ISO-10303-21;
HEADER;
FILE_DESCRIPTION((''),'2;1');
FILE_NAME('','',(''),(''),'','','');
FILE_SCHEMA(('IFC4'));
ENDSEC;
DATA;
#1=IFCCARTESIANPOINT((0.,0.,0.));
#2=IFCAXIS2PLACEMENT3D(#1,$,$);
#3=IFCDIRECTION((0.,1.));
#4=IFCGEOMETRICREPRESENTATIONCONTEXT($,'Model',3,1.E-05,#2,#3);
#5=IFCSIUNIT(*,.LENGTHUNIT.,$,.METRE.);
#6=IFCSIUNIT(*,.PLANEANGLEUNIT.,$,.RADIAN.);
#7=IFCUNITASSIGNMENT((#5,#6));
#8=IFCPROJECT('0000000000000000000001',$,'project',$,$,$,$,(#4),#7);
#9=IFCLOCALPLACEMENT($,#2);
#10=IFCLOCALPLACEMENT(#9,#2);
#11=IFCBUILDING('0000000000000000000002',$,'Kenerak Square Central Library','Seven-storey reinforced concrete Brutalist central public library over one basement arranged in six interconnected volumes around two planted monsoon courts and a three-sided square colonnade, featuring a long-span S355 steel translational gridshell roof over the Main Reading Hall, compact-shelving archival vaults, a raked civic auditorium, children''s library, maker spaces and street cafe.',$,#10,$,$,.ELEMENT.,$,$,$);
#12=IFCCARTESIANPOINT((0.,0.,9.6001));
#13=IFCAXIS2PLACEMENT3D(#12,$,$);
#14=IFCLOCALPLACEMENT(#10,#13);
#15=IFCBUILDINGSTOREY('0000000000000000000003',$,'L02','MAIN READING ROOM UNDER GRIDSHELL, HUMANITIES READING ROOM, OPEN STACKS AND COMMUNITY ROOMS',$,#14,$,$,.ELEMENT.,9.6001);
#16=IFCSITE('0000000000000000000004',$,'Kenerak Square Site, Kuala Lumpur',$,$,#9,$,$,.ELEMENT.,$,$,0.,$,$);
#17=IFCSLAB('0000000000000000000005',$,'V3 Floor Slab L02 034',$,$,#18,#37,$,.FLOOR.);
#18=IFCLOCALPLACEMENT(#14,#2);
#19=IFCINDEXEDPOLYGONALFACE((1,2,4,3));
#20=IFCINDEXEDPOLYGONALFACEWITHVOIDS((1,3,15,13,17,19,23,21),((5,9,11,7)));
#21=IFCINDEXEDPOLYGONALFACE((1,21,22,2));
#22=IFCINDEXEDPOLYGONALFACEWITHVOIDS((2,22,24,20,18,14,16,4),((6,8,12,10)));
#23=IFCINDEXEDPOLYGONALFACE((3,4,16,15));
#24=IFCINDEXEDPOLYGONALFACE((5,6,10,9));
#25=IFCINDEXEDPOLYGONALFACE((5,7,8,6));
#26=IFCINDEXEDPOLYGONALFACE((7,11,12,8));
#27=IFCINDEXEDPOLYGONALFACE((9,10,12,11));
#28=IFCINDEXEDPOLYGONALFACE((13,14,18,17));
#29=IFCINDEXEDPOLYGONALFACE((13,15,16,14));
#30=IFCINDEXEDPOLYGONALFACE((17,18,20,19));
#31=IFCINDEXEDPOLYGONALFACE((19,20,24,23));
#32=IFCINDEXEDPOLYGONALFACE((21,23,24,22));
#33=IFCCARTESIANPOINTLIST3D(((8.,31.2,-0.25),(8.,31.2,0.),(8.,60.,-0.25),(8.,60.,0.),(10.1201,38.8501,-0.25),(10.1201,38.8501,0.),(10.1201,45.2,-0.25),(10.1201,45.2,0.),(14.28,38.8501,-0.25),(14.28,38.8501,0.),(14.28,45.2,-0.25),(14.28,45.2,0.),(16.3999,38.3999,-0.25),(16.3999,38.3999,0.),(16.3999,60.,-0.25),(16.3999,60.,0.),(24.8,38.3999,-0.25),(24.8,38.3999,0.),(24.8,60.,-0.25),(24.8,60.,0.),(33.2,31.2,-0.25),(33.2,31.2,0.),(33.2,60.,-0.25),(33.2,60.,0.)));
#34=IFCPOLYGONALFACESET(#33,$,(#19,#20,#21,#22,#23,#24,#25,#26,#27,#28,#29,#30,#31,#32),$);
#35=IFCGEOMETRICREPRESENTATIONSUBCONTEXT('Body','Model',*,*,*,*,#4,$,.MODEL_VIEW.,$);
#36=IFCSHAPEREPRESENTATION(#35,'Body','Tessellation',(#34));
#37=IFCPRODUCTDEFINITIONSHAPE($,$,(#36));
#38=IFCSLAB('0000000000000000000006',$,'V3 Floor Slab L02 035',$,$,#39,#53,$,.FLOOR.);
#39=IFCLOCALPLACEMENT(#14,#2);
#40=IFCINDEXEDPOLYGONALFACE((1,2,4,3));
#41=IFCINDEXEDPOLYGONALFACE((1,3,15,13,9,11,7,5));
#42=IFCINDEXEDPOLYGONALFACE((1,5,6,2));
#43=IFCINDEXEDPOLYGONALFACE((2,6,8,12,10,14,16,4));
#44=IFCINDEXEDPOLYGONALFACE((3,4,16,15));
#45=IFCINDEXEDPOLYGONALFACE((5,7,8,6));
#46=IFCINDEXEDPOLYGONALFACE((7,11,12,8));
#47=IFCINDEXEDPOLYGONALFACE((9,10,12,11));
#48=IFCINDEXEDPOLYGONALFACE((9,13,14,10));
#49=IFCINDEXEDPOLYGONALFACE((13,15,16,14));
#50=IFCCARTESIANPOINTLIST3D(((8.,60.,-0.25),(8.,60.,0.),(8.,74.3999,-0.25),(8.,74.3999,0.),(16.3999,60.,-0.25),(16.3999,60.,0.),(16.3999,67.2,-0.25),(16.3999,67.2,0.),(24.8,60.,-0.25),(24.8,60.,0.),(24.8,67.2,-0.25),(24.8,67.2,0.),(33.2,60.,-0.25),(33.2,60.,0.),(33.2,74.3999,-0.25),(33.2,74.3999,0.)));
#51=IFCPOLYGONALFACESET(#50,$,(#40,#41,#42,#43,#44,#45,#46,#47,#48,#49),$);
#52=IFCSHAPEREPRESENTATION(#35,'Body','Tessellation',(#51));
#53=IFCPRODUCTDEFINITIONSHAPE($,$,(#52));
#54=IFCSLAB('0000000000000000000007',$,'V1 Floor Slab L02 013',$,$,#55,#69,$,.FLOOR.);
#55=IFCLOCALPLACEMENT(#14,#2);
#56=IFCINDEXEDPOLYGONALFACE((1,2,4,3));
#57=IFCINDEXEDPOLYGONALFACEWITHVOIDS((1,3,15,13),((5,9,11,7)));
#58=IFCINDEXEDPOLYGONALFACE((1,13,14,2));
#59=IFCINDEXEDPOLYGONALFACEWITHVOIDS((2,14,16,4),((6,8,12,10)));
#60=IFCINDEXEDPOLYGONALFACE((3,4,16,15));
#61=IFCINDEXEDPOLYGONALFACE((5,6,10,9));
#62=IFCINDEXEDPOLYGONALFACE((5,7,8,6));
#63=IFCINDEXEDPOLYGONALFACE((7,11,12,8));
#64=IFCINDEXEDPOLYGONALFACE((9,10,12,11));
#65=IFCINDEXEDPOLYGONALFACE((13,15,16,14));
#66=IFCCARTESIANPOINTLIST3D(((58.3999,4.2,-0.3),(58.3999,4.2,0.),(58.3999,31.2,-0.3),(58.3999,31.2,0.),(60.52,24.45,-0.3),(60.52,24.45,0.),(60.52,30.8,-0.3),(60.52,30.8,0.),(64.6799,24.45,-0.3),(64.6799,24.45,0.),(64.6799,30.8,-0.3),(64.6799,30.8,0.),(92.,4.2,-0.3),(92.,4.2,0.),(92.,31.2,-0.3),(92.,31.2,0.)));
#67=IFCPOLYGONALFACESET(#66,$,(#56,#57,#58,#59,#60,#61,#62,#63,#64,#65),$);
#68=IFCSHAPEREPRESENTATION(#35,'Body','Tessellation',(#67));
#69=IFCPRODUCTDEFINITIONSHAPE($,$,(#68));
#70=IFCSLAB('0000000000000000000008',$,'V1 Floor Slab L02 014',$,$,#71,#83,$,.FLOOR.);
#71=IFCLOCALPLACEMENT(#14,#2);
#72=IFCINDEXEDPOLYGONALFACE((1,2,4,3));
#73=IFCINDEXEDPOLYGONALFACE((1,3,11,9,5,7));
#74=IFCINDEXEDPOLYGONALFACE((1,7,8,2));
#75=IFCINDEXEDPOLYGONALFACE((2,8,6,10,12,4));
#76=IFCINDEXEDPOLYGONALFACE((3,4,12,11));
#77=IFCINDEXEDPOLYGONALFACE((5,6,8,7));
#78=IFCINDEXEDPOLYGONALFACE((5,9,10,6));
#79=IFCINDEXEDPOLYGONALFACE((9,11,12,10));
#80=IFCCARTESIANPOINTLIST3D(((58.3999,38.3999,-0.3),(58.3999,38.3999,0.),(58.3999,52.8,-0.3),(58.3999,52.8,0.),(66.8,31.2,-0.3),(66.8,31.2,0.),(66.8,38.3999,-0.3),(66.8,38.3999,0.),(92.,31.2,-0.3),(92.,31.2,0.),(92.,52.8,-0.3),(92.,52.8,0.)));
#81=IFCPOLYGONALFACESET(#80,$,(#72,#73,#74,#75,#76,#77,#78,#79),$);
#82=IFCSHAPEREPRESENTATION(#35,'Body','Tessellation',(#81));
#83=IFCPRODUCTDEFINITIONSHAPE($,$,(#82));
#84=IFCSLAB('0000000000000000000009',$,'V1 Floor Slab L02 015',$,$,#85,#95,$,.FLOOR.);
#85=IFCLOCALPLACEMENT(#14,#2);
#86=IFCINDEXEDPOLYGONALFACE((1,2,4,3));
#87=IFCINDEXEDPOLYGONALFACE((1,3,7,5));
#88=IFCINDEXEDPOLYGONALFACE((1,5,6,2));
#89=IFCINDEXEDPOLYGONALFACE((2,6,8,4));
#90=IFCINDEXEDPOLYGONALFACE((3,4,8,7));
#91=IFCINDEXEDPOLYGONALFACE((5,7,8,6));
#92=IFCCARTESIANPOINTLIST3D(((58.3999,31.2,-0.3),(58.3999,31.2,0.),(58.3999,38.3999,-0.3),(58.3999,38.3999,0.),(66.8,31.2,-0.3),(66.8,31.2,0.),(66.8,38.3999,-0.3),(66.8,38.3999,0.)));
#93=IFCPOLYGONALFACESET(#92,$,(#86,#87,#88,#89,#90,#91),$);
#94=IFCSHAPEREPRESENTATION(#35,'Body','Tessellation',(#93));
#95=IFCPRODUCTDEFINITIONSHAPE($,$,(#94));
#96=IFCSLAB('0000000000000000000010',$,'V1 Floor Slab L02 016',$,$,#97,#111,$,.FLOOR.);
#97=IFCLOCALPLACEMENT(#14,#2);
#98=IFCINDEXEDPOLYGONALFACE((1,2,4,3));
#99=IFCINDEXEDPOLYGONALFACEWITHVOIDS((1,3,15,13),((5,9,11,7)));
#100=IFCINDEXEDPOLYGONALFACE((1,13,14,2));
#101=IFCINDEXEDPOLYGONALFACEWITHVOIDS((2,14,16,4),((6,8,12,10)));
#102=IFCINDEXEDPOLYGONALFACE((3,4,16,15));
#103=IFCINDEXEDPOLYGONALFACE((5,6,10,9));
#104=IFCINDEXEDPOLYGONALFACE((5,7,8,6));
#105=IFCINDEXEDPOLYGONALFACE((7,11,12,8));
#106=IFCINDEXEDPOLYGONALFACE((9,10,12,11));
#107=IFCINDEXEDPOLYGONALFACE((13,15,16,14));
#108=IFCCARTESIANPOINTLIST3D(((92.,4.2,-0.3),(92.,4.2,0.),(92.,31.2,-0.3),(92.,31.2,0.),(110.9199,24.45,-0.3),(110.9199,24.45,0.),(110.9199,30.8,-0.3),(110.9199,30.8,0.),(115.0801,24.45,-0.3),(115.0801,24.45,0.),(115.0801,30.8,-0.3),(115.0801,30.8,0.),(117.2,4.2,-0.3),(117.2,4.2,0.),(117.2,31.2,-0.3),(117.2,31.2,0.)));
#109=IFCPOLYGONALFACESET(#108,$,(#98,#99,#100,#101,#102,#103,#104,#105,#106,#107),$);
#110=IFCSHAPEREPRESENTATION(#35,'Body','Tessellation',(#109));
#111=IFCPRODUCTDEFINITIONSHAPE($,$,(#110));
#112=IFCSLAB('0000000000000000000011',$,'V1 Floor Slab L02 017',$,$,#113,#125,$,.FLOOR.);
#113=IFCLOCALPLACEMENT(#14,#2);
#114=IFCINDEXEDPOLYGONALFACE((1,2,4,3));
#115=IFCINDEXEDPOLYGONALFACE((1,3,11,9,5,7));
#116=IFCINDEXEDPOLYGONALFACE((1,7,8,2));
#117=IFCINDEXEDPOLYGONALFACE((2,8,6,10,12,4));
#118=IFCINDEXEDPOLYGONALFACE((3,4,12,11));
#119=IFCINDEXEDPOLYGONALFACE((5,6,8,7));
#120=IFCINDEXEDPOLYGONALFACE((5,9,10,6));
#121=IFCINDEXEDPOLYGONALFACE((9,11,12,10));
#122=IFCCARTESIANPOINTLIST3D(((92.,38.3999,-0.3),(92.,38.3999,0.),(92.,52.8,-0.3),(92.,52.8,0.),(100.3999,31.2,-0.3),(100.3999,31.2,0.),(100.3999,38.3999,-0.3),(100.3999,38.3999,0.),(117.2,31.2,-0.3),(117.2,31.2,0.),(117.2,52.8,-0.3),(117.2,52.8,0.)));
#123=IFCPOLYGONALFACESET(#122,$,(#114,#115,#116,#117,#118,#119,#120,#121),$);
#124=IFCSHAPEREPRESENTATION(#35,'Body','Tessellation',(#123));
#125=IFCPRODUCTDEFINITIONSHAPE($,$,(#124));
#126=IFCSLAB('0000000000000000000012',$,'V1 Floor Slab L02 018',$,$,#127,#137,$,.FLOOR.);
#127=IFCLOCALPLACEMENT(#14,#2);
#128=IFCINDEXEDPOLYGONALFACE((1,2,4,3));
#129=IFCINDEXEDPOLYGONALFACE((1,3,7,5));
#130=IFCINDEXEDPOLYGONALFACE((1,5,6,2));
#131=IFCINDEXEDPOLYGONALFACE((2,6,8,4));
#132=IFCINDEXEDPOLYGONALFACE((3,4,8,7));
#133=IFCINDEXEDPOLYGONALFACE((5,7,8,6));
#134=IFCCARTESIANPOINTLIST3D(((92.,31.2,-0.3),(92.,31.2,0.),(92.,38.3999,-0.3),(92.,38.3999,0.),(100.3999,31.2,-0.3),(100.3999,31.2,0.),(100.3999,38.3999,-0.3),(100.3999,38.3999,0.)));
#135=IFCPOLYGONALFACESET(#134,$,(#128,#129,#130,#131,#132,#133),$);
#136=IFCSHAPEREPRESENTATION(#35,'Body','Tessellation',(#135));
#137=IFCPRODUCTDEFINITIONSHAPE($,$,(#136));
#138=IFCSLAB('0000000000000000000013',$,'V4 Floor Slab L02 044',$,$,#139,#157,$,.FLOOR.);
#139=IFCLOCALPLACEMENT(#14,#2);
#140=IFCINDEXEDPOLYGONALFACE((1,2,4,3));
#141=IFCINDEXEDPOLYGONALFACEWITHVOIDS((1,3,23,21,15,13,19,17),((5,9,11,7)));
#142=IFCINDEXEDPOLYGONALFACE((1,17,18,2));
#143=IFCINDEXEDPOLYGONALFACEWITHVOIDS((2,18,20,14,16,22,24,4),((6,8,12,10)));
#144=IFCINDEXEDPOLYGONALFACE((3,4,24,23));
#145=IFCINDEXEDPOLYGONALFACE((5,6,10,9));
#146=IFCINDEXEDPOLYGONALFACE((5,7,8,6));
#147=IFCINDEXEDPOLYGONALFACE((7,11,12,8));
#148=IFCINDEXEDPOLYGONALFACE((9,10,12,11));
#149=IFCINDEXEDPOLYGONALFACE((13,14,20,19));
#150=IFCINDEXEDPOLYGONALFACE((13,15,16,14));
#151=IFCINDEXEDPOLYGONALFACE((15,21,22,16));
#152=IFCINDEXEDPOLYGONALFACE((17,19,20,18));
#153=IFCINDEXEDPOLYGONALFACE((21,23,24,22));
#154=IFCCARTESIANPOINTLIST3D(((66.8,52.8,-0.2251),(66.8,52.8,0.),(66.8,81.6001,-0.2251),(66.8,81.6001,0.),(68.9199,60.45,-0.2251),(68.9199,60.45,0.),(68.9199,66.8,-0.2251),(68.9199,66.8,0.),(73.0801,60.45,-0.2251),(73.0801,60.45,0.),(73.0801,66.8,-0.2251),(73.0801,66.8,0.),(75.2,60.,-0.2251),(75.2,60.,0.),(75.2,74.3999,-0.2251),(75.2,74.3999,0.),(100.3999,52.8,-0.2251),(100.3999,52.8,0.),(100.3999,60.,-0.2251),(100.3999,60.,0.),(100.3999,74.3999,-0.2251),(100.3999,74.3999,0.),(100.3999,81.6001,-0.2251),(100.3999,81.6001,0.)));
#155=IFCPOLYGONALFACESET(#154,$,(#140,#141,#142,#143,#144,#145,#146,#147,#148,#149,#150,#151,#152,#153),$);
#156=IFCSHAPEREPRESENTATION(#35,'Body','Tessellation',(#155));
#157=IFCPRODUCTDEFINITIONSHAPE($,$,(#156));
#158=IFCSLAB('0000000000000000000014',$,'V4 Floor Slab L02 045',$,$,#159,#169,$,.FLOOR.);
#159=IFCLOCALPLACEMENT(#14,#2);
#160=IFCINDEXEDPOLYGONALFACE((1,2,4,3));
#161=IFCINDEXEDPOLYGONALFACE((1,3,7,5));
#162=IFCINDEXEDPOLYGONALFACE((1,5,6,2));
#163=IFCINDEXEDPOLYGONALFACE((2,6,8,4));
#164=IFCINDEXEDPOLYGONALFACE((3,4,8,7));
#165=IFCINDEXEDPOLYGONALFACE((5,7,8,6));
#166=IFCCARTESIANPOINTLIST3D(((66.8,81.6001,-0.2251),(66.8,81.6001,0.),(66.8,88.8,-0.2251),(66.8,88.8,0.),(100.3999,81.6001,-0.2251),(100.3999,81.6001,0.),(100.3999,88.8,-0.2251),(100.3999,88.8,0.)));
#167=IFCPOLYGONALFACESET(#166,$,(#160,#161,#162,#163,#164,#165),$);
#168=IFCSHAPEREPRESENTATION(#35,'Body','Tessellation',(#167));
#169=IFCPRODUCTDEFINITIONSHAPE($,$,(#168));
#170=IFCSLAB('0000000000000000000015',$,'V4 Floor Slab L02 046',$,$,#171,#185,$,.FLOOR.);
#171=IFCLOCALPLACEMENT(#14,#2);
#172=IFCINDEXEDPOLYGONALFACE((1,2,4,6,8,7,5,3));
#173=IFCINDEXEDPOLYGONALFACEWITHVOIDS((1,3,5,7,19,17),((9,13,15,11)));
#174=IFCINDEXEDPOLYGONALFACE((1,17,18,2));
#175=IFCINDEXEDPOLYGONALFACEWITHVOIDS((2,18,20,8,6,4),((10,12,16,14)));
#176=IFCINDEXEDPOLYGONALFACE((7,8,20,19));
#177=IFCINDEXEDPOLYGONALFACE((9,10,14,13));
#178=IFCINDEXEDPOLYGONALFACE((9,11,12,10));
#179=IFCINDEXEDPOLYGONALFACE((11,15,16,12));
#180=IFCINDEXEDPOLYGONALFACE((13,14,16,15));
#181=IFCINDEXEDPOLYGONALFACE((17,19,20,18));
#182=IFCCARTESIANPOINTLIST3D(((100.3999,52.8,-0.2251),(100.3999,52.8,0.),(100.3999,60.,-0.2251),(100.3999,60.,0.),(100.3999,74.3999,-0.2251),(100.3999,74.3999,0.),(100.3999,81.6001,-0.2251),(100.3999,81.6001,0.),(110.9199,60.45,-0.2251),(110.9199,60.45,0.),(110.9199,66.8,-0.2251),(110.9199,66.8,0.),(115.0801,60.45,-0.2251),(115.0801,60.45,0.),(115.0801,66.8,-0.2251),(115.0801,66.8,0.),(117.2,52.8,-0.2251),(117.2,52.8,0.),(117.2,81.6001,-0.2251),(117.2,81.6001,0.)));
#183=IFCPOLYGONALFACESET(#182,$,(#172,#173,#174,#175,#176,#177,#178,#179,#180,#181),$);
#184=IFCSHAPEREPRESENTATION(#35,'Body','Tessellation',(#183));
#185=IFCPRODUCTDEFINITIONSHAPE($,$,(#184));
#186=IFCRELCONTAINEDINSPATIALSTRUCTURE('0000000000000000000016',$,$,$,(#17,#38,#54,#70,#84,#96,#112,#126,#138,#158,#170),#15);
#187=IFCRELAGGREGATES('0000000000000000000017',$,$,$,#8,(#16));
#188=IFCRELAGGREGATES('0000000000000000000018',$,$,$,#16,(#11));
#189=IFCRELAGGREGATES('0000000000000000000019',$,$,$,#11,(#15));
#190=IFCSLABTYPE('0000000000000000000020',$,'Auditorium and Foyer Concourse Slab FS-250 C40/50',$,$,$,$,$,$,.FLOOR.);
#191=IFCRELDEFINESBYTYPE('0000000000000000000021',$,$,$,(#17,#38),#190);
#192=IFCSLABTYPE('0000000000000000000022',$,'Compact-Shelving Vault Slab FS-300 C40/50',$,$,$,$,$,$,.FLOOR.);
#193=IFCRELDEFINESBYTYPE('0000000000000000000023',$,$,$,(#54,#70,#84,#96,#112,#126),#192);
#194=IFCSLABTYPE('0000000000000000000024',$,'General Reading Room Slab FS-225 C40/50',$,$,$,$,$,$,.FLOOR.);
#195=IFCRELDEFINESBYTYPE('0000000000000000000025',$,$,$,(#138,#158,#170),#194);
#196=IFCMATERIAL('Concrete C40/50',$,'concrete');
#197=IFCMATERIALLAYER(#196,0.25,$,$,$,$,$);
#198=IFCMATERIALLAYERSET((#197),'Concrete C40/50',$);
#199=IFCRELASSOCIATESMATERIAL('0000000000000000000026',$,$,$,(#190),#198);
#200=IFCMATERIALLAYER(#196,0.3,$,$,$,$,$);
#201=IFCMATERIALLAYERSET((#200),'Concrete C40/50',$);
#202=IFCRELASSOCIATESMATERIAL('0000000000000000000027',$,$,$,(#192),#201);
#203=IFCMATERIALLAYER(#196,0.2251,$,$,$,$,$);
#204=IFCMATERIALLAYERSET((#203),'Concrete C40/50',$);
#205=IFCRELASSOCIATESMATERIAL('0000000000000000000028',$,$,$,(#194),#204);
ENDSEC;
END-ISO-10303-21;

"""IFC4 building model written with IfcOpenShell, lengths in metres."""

from ifc_helpers import new_model, si_unit, direction, frame, origin, place, context, subcontext, project, spatial, polyline, outline, extrude, material, layer, layer_set, type_object, element, save


model = new_model("IFC4")

# Units and contexts
model_context = context("Model", 3, precision=1e-05, world=origin(), true_north=direction((0.0, 1.0)))
body_context = subcontext(model_context, "Body", "Model", "MODEL_VIEW")
ifc_project = project(units=[si_unit("LENGTHUNIT", "METRE"), si_unit("PLANEANGLEUNIT", "RADIAN")], contexts=[model_context])

# Site, building, storey
site_placement = place(None, origin())
site = spatial("IfcSite", under=ifc_project, at=site_placement, Name="Kenerak Square Site, Kuala Lumpur", CompositionType="ELEMENT", RefElevation=0.0)
building_placement = place(site_placement, origin())
building = spatial("IfcBuilding", under=site, at=building_placement, Name="Kenerak Square Central Library", Description="Seven-storey reinforced concrete Brutalist central public library over one basement arranged in six interconnected volumes around two planted monsoon courts and a three-sided square colonnade, featuring a long-span S355 steel translational gridshell roof over the Main Reading Hall, compact-shelving archival vaults, a raked civic auditorium, children's library, maker spaces and street cafe.", CompositionType="ELEMENT")
storey_placement = place(building_placement, frame((0.0, 0.0, 9.6001)))
storey = spatial("IfcBuildingStorey", under=building, at=storey_placement, Name="L02", Description="MAIN READING ROOM UNDER GRIDSHELL, HUMANITIES READING ROOM, OPEN STACKS AND COMMUNITY ROOMS", CompositionType="ELEMENT", Elevation=9.6001)

# Slabs
ifc_material = material(Name="Concrete C40/50", Category="concrete")
ifc_layer_1 = layer(ifc_material, 0.25)
ifc_layer_set_1 = layer_set([ifc_layer_1], Name="Concrete C40/50")
slab_type_1 = type_object("IfcSlabType", Name="Auditorium and Foyer Concourse Slab FS-250 C40/50", PredefinedType="FLOOR", material=ifc_layer_set_1)
slab_1_placement = place(storey_placement, frame((0.0, 0.0, -0.25)))
element("IfcSlab", 1, at=slab_1_placement, inside=storey, type_object=slab_type_1, Name="V3 Floor Slab L02 034", PredefinedType="FLOOR", context=body_context, shape_type="SweptSolid", body=[
    extrude(outline(polyline([(8.0, 60.0), (16.3999, 60.0), (16.3999, 38.3999), (24.8, 38.3999), (24.8, 60.0), (33.2, 60.0), (33.2, 31.2), (8.0, 31.2), (8.0, 60.0)]), holes=[polyline([(14.28, 38.8501), (14.28, 45.2), (10.1201, 45.2), (10.1201, 38.8501), (14.28, 38.8501)])]), origin(), (0.0, 0.0, 1.0), 0.25),
])
slab_2_placement = place(storey_placement, frame((0.0, 0.0, -0.25)))
element("IfcSlab", 2, at=slab_2_placement, inside=storey, type_object=slab_type_1, Name="V3 Floor Slab L02 035", PredefinedType="FLOOR", context=body_context, shape_type="SweptSolid", body=[
    extrude(outline(polyline([(8.0, 74.3999), (33.2, 74.3999), (33.2, 60.0), (24.8, 60.0), (24.8, 67.2), (16.3999, 67.2), (16.3999, 60.0), (8.0, 60.0), (8.0, 74.3999)])), origin(), (0.0, 0.0, 1.0), 0.25),
])
ifc_layer_2 = layer(ifc_material, 0.3)
ifc_layer_set_2 = layer_set([ifc_layer_2], Name="Concrete C40/50")
slab_type_2 = type_object("IfcSlabType", Name="Compact-Shelving Vault Slab FS-300 C40/50", PredefinedType="FLOOR", material=ifc_layer_set_2)
slab_3_placement = place(storey_placement, frame((0.0, 0.0, -0.3)))
element("IfcSlab", 3, at=slab_3_placement, inside=storey, type_object=slab_type_2, Name="V1 Floor Slab L02 013", PredefinedType="FLOOR", context=body_context, shape_type="SweptSolid", body=[
    extrude(outline(polyline([(58.3999, 4.2), (58.3999, 31.2), (92.0, 31.2), (92.0, 4.2), (58.3999, 4.2)]), holes=[polyline([(64.6799, 24.45), (64.6799, 30.8), (60.52, 30.8), (60.52, 24.45), (64.6799, 24.45)])]), origin(), (0.0, 0.0, 1.0), 0.3),
])
slab_4_placement = place(storey_placement, frame((0.0, 0.0, -0.3)))
element("IfcSlab", 4, at=slab_4_placement, inside=storey, type_object=slab_type_2, Name="V1 Floor Slab L02 014", PredefinedType="FLOOR", context=body_context, shape_type="SweptSolid", body=[
    extrude(outline(polyline([(58.3999, 52.8), (92.0, 52.8), (92.0, 31.2), (66.8, 31.2), (66.8, 38.3999), (58.3999, 38.3999), (58.3999, 52.8)])), origin(), (0.0, 0.0, 1.0), 0.3),
])
slab_5_placement = place(storey_placement, frame((0.0, 0.0, -0.3)))
element("IfcSlab", 5, at=slab_5_placement, inside=storey, type_object=slab_type_2, Name="V1 Floor Slab L02 015", PredefinedType="FLOOR", context=body_context, shape_type="SweptSolid", body=[
    extrude(outline(polyline([(66.8, 31.2), (66.8, 38.3999), (58.3999, 38.3999), (58.3999, 31.2), (66.8, 31.2)])), origin(), (0.0, 0.0, 1.0), 0.3),
])
slab_6_placement = place(storey_placement, frame((0.0, 0.0, -0.3)))
element("IfcSlab", 6, at=slab_6_placement, inside=storey, type_object=slab_type_2, Name="V1 Floor Slab L02 016", PredefinedType="FLOOR", context=body_context, shape_type="SweptSolid", body=[
    extrude(outline(polyline([(92.0, 4.2), (92.0, 31.2), (117.2, 31.2), (117.2, 4.2), (92.0, 4.2)]), holes=[polyline([(115.0801, 24.45), (115.0801, 30.8), (110.9199, 30.8), (110.9199, 24.45), (115.0801, 24.45)])]), origin(), (0.0, 0.0, 1.0), 0.3),
])
slab_7_placement = place(storey_placement, frame((0.0, 0.0, -0.3)))
element("IfcSlab", 7, at=slab_7_placement, inside=storey, type_object=slab_type_2, Name="V1 Floor Slab L02 017", PredefinedType="FLOOR", context=body_context, shape_type="SweptSolid", body=[
    extrude(outline(polyline([(92.0, 52.8), (117.2, 52.8), (117.2, 31.2), (100.3999, 31.2), (100.3999, 38.3999), (92.0, 38.3999), (92.0, 52.8)])), origin(), (0.0, 0.0, 1.0), 0.3),
])
slab_8_placement = place(storey_placement, frame((0.0, 0.0, -0.3)))
element("IfcSlab", 8, at=slab_8_placement, inside=storey, type_object=slab_type_2, Name="V1 Floor Slab L02 018", PredefinedType="FLOOR", context=body_context, shape_type="SweptSolid", body=[
    extrude(outline(polyline([(100.3999, 31.2), (100.3999, 38.3999), (92.0, 38.3999), (92.0, 31.2), (100.3999, 31.2)])), origin(), (0.0, 0.0, 1.0), 0.3),
])
ifc_layer_3 = layer(ifc_material, 0.2251)
ifc_layer_set_3 = layer_set([ifc_layer_3], Name="Concrete C40/50")
slab_type_3 = type_object("IfcSlabType", Name="General Reading Room Slab FS-225 C40/50", PredefinedType="FLOOR", material=ifc_layer_set_3)
slab_9_placement = place(storey_placement, frame((0.0, 0.0, -0.2251)))
element("IfcSlab", 9, at=slab_9_placement, inside=storey, type_object=slab_type_3, Name="V4 Floor Slab L02 044", PredefinedType="FLOOR", context=body_context, shape_type="SweptSolid", body=[
    extrude(outline(polyline([(100.3999, 52.8), (66.8, 52.8), (66.8, 81.6001), (100.3999, 81.6001), (100.3999, 74.3999), (75.2, 74.3999), (75.2, 60.0), (100.3999, 60.0), (100.3999, 52.8)]), holes=[polyline([(73.0801, 60.45), (73.0801, 66.8), (68.9199, 66.8), (68.9199, 60.45), (73.0801, 60.45)])]), origin(), (0.0, 0.0, 1.0), 0.2251),
])
slab_10_placement = place(storey_placement, frame((0.0, 0.0, -0.2251)))
element("IfcSlab", 10, at=slab_10_placement, inside=storey, type_object=slab_type_3, Name="V4 Floor Slab L02 045", PredefinedType="FLOOR", context=body_context, shape_type="SweptSolid", body=[
    extrude(outline(polyline([(66.8, 81.6001), (66.8, 88.8), (100.3999, 88.8), (100.3999, 81.6001), (66.8, 81.6001)])), origin(), (0.0, 0.0, 1.0), 0.2251),
])
slab_11_placement = place(storey_placement, frame((0.0, 0.0, -0.2251)))
element("IfcSlab", 11, at=slab_11_placement, inside=storey, type_object=slab_type_3, Name="V4 Floor Slab L02 046", PredefinedType="FLOOR", context=body_context, shape_type="SweptSolid", body=[
    extrude(outline(polyline([(100.3999, 81.6001), (117.2, 81.6001), (117.2, 52.8), (100.3999, 52.8), (100.3999, 60.0), (100.3999, 74.3999), (100.3999, 81.6001)]), holes=[polyline([(115.0801, 60.45), (115.0801, 66.8), (110.9199, 66.8), (110.9199, 60.45), (115.0801, 60.45)])]), origin(), (0.0, 0.0, 1.0), 0.2251),
])

save(model, "model.ifc")
